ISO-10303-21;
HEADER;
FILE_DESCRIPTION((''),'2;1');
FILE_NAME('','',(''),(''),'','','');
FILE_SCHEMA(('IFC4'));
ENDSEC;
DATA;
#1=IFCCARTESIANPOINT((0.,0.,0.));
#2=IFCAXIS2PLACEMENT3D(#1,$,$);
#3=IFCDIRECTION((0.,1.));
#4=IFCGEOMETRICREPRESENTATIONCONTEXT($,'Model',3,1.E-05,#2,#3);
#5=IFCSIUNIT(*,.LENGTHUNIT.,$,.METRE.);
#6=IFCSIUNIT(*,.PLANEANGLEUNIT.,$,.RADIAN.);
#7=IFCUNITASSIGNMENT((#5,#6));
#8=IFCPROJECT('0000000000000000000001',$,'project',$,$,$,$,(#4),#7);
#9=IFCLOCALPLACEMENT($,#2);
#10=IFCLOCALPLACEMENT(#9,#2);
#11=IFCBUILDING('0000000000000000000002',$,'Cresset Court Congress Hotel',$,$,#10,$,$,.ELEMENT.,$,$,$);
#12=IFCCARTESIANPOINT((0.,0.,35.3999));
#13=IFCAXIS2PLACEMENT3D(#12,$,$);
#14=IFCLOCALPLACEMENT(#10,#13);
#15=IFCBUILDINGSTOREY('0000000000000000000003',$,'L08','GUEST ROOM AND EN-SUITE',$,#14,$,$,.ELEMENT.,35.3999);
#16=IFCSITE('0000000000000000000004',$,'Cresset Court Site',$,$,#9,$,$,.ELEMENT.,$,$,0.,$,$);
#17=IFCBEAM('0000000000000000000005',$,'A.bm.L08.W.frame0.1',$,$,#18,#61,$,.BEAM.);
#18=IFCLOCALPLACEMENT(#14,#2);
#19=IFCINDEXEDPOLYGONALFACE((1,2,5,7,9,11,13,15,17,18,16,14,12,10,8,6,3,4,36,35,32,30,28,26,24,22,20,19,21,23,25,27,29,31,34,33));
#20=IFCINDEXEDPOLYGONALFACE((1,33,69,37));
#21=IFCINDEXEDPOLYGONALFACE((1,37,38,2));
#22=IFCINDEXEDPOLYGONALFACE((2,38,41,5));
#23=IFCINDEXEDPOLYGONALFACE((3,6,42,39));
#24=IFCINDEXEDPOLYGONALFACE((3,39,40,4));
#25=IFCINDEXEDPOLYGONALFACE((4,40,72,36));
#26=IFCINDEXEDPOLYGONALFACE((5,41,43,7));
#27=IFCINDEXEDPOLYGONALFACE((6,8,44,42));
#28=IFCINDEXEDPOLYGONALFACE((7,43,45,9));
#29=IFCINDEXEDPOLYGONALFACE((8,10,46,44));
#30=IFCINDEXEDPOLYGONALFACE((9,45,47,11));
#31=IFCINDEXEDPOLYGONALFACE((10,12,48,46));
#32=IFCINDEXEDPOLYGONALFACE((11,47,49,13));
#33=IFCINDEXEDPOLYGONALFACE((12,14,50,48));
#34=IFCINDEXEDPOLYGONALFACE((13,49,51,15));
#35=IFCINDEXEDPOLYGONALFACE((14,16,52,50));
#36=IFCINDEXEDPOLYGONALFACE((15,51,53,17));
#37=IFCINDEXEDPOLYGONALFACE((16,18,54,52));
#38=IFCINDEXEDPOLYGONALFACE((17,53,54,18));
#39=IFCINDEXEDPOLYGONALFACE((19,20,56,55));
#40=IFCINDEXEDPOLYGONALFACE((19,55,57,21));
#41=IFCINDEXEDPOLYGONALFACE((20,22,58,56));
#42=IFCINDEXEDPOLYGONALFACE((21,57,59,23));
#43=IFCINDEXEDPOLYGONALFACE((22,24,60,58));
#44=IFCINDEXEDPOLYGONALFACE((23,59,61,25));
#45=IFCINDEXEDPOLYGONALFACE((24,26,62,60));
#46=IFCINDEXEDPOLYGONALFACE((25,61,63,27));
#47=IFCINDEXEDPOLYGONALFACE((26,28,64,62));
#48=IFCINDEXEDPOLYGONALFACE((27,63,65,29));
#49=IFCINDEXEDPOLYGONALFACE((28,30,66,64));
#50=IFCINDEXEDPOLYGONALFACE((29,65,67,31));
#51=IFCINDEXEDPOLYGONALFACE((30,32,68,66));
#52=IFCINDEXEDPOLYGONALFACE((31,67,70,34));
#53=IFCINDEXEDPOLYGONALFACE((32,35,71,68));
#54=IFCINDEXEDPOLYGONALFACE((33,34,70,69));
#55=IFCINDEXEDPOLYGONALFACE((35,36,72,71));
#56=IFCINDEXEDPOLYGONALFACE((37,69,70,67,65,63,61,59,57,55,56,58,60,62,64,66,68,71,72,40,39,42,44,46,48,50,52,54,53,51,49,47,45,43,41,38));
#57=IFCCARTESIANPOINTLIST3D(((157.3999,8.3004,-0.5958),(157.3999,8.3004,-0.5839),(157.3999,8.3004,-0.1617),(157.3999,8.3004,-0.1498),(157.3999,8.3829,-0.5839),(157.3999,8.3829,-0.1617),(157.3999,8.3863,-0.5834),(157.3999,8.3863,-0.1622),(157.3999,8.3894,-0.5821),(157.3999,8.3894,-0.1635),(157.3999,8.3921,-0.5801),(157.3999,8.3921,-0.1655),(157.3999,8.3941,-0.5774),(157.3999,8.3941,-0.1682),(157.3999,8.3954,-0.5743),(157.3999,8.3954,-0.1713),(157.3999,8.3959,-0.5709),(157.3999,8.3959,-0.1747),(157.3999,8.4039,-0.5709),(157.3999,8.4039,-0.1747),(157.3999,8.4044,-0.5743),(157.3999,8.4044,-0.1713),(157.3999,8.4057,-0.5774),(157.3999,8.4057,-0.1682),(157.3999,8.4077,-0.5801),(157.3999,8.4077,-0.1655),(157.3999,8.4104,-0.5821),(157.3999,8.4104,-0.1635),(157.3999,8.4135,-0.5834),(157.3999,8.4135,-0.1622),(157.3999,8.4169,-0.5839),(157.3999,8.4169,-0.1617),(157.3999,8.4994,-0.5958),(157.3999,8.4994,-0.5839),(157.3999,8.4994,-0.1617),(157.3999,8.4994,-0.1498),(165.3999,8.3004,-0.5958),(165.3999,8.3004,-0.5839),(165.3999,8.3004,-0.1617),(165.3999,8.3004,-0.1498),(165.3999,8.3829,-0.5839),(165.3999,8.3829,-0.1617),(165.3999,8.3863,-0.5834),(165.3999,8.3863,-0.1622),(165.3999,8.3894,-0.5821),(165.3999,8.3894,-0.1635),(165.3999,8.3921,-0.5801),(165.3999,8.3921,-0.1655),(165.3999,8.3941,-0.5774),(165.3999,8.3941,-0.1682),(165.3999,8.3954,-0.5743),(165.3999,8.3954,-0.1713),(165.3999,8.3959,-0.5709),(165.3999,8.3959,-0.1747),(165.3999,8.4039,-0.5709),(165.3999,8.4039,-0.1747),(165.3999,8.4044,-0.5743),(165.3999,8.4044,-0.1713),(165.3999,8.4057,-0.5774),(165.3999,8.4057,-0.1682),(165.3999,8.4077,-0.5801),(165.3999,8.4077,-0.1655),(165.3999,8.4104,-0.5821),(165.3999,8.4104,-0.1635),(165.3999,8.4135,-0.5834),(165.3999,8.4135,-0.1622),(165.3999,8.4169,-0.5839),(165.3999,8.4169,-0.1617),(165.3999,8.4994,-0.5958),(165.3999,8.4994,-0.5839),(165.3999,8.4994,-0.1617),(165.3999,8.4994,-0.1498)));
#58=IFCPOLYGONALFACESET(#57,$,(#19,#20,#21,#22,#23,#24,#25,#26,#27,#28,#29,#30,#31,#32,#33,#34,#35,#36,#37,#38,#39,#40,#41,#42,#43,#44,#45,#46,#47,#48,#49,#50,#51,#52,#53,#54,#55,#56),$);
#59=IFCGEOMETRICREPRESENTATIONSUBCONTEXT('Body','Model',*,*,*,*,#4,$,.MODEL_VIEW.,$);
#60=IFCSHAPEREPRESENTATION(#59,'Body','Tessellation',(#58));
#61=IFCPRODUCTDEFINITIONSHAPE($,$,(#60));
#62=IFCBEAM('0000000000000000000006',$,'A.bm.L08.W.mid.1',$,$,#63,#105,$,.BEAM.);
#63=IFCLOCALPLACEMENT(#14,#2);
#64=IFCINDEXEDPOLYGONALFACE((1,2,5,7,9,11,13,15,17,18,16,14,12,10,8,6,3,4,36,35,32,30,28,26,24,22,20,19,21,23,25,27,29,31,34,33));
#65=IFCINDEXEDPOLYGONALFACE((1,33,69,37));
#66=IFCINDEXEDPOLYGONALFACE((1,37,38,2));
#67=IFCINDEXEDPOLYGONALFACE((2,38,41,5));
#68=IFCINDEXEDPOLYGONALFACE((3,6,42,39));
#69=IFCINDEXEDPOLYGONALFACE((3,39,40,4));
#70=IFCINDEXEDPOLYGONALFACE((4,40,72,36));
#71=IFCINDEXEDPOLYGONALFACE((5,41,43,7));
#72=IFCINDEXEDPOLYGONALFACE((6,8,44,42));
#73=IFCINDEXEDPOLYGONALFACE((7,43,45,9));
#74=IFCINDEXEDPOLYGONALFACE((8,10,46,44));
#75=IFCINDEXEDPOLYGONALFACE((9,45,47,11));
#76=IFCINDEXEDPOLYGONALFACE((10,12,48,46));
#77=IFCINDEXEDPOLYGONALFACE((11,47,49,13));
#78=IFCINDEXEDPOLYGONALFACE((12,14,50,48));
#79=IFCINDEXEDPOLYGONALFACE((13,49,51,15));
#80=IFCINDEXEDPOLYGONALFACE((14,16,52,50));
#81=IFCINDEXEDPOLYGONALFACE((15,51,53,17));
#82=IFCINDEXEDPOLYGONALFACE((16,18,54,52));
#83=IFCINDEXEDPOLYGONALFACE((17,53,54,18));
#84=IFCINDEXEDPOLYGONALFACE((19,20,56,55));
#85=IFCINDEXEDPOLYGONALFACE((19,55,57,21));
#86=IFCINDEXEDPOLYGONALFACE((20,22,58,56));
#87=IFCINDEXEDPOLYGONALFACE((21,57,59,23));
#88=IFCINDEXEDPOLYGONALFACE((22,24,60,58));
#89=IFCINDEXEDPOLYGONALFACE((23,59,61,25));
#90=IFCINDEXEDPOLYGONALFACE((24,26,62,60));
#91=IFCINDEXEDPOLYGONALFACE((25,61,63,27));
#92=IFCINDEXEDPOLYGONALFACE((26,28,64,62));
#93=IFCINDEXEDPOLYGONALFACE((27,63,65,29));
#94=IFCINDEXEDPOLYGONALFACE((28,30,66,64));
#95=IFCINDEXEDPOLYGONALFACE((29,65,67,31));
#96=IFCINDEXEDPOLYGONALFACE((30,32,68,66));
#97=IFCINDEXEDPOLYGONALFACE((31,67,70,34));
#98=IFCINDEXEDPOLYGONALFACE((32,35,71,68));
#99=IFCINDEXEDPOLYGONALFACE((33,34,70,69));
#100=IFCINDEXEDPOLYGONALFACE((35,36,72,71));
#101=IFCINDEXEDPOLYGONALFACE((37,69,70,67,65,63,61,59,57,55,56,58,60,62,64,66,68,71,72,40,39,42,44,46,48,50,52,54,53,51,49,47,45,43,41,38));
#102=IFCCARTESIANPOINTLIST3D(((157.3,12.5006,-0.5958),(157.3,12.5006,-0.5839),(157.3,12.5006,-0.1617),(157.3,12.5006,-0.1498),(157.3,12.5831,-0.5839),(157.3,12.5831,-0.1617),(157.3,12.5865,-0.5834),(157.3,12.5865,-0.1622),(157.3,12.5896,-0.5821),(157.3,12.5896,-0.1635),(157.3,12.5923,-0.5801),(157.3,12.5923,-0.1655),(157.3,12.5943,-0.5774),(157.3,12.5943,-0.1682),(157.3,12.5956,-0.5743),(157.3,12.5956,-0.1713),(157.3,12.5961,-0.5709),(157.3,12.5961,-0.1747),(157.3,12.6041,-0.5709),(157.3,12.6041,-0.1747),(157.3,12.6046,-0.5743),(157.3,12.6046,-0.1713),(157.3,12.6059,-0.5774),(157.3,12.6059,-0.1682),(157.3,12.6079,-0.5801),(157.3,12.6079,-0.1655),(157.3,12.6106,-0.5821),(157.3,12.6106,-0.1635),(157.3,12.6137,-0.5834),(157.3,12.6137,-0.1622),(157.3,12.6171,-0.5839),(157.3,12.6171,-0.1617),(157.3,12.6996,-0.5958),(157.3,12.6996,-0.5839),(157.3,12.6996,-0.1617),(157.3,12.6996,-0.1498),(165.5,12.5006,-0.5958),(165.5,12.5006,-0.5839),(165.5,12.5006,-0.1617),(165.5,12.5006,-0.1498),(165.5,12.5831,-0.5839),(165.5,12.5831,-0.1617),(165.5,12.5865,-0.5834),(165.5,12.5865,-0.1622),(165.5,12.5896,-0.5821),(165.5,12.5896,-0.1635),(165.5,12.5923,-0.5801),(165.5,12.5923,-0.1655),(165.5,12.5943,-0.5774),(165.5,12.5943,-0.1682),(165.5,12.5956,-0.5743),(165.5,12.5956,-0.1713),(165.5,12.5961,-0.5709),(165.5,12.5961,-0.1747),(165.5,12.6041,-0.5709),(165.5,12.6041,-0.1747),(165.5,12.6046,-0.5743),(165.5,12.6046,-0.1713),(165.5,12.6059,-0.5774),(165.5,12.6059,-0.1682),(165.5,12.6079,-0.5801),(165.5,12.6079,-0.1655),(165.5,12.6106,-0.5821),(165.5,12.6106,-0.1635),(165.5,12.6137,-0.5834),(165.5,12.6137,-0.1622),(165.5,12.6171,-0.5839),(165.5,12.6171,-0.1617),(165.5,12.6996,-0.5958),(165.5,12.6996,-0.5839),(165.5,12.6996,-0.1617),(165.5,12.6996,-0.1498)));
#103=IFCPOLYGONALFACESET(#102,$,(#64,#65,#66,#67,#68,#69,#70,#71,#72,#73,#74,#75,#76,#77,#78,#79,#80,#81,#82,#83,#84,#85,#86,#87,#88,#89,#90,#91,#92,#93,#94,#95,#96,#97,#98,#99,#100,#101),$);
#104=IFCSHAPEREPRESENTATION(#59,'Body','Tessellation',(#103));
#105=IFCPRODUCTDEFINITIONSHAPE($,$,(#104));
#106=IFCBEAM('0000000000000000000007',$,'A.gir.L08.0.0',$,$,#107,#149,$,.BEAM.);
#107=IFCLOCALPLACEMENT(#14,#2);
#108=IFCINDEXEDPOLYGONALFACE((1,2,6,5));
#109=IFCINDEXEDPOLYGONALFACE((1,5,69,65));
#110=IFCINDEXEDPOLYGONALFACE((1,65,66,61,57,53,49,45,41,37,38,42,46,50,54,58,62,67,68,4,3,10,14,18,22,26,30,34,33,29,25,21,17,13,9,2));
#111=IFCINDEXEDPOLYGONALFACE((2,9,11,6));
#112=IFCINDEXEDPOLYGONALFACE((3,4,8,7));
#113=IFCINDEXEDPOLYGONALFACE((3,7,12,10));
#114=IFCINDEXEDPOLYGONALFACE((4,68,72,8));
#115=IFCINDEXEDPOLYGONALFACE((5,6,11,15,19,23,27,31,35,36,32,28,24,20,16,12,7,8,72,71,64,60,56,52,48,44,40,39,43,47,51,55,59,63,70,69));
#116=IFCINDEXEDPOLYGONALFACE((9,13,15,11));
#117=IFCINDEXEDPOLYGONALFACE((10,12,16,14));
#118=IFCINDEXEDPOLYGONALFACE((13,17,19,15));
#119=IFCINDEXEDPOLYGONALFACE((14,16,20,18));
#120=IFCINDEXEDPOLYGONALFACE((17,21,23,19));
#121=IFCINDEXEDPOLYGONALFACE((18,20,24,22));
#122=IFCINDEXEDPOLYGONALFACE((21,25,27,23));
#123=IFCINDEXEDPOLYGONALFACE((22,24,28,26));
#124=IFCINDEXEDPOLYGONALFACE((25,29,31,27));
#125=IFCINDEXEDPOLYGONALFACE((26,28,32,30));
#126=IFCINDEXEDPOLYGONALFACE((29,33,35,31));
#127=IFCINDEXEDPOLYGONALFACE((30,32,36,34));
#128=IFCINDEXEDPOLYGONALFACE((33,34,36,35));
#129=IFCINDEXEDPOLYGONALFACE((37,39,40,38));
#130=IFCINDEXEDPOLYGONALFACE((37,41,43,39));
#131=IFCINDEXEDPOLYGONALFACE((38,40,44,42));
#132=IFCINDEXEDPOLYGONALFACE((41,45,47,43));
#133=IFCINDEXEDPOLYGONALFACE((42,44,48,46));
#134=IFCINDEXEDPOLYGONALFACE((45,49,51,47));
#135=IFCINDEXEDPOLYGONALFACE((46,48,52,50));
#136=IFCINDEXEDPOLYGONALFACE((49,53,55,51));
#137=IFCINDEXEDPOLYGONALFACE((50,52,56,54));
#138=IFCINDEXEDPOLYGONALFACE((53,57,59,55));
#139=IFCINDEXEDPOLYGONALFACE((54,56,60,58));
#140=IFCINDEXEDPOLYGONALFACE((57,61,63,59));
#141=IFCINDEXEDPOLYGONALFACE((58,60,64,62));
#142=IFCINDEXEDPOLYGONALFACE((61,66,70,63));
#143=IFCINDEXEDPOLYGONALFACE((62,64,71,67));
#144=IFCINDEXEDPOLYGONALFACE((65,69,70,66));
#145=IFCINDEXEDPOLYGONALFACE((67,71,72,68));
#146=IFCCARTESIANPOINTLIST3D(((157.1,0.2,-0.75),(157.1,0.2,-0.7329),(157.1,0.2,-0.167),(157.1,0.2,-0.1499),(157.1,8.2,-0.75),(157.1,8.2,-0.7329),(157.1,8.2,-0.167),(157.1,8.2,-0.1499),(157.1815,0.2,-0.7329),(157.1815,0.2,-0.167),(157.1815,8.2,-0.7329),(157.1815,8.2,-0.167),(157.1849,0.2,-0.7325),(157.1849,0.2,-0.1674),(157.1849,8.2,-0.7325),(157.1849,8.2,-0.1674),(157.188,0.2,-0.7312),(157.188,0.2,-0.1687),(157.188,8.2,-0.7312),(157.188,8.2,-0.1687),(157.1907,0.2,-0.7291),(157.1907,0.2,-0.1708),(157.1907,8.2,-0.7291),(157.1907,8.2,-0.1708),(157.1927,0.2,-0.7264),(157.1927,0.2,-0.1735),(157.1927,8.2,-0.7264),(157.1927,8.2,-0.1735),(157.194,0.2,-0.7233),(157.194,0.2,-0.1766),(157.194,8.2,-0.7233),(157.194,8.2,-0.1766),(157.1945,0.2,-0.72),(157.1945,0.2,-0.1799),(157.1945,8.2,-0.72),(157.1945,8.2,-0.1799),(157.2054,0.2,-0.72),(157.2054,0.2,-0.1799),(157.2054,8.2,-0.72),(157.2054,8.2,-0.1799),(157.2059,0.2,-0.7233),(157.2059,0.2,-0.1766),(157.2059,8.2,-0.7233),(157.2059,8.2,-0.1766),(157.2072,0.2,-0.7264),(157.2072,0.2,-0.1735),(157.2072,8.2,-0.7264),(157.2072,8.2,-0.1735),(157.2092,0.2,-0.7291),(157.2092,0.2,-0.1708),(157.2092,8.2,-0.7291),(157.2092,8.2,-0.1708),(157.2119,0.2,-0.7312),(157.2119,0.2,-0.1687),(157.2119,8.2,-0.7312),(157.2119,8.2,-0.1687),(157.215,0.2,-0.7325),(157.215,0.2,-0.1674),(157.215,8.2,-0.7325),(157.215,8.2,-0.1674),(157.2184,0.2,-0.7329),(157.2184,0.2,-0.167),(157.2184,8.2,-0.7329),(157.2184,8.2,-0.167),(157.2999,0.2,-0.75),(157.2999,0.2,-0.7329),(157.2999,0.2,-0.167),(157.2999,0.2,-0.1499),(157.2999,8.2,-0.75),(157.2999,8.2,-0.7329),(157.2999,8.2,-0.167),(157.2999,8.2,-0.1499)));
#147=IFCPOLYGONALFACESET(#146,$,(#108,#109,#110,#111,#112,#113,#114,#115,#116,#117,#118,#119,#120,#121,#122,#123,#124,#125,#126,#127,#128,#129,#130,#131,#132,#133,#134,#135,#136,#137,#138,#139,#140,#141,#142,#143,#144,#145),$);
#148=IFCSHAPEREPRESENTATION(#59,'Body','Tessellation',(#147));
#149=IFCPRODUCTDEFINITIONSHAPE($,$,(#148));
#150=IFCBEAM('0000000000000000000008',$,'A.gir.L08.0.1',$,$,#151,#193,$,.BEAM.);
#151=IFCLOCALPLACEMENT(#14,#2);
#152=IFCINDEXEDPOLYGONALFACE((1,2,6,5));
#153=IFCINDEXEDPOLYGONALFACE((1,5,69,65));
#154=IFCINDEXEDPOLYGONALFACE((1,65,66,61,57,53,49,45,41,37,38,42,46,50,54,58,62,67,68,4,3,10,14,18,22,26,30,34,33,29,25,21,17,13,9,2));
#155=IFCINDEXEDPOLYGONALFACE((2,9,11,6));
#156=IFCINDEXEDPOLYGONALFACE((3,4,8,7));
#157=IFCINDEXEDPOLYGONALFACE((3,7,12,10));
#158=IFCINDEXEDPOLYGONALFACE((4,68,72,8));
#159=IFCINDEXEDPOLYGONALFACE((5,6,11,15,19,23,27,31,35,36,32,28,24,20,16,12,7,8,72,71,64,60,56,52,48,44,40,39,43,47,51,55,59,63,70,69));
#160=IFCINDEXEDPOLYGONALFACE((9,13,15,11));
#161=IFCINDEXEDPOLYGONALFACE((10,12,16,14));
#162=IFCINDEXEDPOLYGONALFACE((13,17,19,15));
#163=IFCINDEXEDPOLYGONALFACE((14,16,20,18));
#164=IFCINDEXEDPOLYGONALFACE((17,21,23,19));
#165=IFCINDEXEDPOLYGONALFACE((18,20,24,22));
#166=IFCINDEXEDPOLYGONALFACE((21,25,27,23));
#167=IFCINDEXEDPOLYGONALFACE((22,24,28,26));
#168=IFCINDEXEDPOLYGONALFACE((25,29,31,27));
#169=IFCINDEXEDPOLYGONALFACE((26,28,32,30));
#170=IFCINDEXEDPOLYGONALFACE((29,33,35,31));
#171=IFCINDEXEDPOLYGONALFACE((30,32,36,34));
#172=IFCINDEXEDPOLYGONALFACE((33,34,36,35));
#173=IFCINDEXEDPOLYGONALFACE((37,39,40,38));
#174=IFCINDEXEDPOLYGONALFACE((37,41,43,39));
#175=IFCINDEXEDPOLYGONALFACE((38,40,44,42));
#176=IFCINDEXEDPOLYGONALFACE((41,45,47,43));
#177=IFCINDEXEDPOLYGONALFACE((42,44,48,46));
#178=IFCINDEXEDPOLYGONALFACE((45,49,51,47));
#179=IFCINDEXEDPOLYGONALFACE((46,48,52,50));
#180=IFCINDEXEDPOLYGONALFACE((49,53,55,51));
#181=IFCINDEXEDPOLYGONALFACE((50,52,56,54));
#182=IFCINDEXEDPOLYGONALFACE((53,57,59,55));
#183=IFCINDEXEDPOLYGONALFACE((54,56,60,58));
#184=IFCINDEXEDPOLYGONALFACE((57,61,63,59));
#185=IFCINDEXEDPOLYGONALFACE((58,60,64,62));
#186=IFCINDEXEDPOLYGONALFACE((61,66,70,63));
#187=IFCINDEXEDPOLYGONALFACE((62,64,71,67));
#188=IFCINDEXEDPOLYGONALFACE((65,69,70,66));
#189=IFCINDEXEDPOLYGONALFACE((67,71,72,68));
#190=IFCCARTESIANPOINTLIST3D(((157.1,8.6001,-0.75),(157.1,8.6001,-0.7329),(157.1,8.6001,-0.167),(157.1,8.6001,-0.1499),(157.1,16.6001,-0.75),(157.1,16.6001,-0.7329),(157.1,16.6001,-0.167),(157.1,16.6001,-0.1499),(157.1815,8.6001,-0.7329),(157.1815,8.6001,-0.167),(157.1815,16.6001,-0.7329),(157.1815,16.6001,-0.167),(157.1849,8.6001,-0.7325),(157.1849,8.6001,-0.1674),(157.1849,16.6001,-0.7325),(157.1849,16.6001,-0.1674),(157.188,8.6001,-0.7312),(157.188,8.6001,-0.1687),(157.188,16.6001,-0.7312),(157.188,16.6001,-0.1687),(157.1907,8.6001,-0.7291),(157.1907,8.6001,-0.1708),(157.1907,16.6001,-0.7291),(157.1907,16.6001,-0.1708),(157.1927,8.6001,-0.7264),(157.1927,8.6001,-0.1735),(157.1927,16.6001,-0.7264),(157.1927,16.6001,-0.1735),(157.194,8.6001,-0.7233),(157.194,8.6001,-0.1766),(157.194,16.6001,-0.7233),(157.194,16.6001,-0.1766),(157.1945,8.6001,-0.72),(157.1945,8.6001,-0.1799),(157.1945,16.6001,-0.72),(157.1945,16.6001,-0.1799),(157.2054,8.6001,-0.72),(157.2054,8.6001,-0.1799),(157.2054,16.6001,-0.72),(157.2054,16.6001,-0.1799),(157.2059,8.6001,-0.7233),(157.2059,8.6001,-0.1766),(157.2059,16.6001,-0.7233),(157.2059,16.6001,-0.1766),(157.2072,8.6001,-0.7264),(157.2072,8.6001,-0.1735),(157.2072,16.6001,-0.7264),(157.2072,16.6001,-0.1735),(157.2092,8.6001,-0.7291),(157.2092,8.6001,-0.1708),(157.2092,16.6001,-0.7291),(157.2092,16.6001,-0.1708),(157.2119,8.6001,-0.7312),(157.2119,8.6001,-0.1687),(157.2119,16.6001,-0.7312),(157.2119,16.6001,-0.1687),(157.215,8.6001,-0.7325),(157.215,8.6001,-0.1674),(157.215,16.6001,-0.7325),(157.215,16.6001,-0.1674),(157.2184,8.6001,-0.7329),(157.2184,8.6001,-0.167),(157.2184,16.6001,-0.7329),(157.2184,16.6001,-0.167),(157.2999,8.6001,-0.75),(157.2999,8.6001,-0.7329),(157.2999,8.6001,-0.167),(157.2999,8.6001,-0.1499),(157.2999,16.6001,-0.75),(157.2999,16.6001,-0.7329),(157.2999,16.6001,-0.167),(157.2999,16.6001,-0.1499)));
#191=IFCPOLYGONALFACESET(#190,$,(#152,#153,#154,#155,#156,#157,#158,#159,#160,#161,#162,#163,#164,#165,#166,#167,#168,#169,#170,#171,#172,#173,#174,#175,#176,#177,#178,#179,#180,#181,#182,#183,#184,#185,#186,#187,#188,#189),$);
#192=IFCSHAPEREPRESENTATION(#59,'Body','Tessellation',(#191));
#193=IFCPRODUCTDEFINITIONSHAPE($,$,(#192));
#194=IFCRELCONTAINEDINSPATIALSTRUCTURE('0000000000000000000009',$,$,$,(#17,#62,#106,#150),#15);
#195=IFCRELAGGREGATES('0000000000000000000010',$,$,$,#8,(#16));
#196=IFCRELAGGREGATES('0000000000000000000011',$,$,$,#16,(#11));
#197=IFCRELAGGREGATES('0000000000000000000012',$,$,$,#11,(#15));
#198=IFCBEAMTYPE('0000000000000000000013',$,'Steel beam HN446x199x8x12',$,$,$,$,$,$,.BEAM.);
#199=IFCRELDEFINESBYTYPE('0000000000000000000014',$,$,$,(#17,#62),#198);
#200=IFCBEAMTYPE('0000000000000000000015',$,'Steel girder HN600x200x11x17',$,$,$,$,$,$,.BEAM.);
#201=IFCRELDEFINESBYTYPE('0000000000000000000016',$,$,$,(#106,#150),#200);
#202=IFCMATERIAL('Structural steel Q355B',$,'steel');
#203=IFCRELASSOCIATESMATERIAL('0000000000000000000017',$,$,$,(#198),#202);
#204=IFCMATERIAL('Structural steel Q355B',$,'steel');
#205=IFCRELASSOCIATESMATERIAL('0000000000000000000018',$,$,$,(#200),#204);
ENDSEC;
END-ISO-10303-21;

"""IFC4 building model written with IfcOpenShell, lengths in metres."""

from ifc_helpers import new_model, si_unit, direction, frame, origin, origin_2d, place, context, subcontext, project, spatial, i_section, extrude, material, material_profile, profile_set, type_object, element, save


model = new_model("IFC4")

# Units and contexts
model_context = context("Model", 3, precision=1e-05, world=origin(), true_north=direction((0.0, 1.0)))
body_context = subcontext(model_context, "Body", "Model", "MODEL_VIEW")
ifc_project = project(units=[si_unit("LENGTHUNIT", "METRE"), si_unit("PLANEANGLEUNIT", "RADIAN")], contexts=[model_context])

# Site, building, storey
site_placement = place(None, origin())
site = spatial("IfcSite", under=ifc_project, at=site_placement, Name="Cresset Court Site", CompositionType="ELEMENT", RefElevation=0.0)
building_placement = place(site_placement, origin())
building = spatial("IfcBuilding", under=site, at=building_placement, Name="Cresset Court Congress Hotel", CompositionType="ELEMENT")
storey_placement = place(building_placement, frame((0.0, 0.0, 35.3999)))
storey = spatial("IfcBuildingStorey", under=building, at=storey_placement, Name="L08", Description="GUEST ROOM AND EN-SUITE", CompositionType="ELEMENT", Elevation=35.3999)

# Beams
ifc_material_1 = material(Name="Structural steel Q355B", Category="steel")
ifc_material_profile_1 = material_profile(ifc_material_1, i_section(OverallWidth=0.199, OverallDepth=0.446, WebThickness=0.0081, FlangeThickness=0.012, FilletRadius=0.0129, at=origin_2d()), Name="HN446x199x8x12")
ifc_profile_set_1 = profile_set([ifc_material_profile_1], Name="Structural steel Q355B")
beam_type_1 = type_object("IfcBeamType", Name="Steel beam HN446x199x8x12", PredefinedType="BEAM", material=ifc_profile_set_1)
beam_1_placement = place(storey_placement, frame((157.3999, 8.3999, -0.3728), z_axis=(1.0, 0.0, 0.0), x_axis=(0.0, 1.0, 0.0)))
element("IfcBeam", 1, at=beam_1_placement, inside=storey, type_object=beam_type_1, Name="A.bm.L08.W.frame0.1", PredefinedType="BEAM", context=body_context, shape_type="SweptSolid", body=[
    extrude(i_section(OverallWidth=0.199, OverallDepth=0.446, WebThickness=0.0081, FlangeThickness=0.012, FilletRadius=0.0129, at=origin_2d()), origin(), (0.0, 0.0, 1.0), 8.0),
])
beam_2_placement = place(storey_placement, frame((157.3, 12.6001, -0.3728), z_axis=(1.0, 0.0, 0.0), x_axis=(0.0, 1.0, 0.0)))
element("IfcBeam", 2, at=beam_2_placement, inside=storey, type_object=beam_type_1, Name="A.bm.L08.W.mid.1", PredefinedType="BEAM", context=body_context, shape_type="SweptSolid", body=[
    extrude(i_section(OverallWidth=0.199, OverallDepth=0.446, WebThickness=0.0081, FlangeThickness=0.012, FilletRadius=0.0129, at=origin_2d()), origin(), (0.0, 0.0, 1.0), 8.2),
])
ifc_material_2 = material(Name="Structural steel Q355B", Category="steel")
ifc_material_profile_2 = material_profile(ifc_material_2, i_section(OverallWidth=0.2, OverallDepth=0.6001, WebThickness=0.011, FlangeThickness=0.0171, FilletRadius=0.0129, at=origin_2d()), Name="HN600x200x11x17")
ifc_profile_set_2 = profile_set([ifc_material_profile_2], Name="Structural steel Q355B")
beam_type_2 = type_object("IfcBeamType", Name="Steel girder HN600x200x11x17", PredefinedType="BEAM", material=ifc_profile_set_2)
for number, where, z_axis, x_axis, name in (
    (3, (157.2, 0.2, -0.45), (0.0, 1.0, 0.0), (-1.0, 0.0, 0.0), "A.gir.L08.0.0"),
    (4, (157.2, 8.6001, -0.45), (0.0, 1.0, 0.0), (-1.0, 0.0, 0.0), "A.gir.L08.0.1"),
):
    element("IfcBeam", number, at=place(storey_placement, frame(where, z_axis=z_axis, x_axis=x_axis)), inside=storey, type_object=beam_type_2, Name=name, PredefinedType="BEAM", context=body_context, shape_type="SweptSolid", body=[
        extrude(i_section(OverallWidth=0.2, OverallDepth=0.6001, WebThickness=0.011, FlangeThickness=0.0171, FilletRadius=0.0129, at=origin_2d()), origin(), (0.0, 0.0, 1.0), 8.0),
    ])

save(model, "model.ifc")
